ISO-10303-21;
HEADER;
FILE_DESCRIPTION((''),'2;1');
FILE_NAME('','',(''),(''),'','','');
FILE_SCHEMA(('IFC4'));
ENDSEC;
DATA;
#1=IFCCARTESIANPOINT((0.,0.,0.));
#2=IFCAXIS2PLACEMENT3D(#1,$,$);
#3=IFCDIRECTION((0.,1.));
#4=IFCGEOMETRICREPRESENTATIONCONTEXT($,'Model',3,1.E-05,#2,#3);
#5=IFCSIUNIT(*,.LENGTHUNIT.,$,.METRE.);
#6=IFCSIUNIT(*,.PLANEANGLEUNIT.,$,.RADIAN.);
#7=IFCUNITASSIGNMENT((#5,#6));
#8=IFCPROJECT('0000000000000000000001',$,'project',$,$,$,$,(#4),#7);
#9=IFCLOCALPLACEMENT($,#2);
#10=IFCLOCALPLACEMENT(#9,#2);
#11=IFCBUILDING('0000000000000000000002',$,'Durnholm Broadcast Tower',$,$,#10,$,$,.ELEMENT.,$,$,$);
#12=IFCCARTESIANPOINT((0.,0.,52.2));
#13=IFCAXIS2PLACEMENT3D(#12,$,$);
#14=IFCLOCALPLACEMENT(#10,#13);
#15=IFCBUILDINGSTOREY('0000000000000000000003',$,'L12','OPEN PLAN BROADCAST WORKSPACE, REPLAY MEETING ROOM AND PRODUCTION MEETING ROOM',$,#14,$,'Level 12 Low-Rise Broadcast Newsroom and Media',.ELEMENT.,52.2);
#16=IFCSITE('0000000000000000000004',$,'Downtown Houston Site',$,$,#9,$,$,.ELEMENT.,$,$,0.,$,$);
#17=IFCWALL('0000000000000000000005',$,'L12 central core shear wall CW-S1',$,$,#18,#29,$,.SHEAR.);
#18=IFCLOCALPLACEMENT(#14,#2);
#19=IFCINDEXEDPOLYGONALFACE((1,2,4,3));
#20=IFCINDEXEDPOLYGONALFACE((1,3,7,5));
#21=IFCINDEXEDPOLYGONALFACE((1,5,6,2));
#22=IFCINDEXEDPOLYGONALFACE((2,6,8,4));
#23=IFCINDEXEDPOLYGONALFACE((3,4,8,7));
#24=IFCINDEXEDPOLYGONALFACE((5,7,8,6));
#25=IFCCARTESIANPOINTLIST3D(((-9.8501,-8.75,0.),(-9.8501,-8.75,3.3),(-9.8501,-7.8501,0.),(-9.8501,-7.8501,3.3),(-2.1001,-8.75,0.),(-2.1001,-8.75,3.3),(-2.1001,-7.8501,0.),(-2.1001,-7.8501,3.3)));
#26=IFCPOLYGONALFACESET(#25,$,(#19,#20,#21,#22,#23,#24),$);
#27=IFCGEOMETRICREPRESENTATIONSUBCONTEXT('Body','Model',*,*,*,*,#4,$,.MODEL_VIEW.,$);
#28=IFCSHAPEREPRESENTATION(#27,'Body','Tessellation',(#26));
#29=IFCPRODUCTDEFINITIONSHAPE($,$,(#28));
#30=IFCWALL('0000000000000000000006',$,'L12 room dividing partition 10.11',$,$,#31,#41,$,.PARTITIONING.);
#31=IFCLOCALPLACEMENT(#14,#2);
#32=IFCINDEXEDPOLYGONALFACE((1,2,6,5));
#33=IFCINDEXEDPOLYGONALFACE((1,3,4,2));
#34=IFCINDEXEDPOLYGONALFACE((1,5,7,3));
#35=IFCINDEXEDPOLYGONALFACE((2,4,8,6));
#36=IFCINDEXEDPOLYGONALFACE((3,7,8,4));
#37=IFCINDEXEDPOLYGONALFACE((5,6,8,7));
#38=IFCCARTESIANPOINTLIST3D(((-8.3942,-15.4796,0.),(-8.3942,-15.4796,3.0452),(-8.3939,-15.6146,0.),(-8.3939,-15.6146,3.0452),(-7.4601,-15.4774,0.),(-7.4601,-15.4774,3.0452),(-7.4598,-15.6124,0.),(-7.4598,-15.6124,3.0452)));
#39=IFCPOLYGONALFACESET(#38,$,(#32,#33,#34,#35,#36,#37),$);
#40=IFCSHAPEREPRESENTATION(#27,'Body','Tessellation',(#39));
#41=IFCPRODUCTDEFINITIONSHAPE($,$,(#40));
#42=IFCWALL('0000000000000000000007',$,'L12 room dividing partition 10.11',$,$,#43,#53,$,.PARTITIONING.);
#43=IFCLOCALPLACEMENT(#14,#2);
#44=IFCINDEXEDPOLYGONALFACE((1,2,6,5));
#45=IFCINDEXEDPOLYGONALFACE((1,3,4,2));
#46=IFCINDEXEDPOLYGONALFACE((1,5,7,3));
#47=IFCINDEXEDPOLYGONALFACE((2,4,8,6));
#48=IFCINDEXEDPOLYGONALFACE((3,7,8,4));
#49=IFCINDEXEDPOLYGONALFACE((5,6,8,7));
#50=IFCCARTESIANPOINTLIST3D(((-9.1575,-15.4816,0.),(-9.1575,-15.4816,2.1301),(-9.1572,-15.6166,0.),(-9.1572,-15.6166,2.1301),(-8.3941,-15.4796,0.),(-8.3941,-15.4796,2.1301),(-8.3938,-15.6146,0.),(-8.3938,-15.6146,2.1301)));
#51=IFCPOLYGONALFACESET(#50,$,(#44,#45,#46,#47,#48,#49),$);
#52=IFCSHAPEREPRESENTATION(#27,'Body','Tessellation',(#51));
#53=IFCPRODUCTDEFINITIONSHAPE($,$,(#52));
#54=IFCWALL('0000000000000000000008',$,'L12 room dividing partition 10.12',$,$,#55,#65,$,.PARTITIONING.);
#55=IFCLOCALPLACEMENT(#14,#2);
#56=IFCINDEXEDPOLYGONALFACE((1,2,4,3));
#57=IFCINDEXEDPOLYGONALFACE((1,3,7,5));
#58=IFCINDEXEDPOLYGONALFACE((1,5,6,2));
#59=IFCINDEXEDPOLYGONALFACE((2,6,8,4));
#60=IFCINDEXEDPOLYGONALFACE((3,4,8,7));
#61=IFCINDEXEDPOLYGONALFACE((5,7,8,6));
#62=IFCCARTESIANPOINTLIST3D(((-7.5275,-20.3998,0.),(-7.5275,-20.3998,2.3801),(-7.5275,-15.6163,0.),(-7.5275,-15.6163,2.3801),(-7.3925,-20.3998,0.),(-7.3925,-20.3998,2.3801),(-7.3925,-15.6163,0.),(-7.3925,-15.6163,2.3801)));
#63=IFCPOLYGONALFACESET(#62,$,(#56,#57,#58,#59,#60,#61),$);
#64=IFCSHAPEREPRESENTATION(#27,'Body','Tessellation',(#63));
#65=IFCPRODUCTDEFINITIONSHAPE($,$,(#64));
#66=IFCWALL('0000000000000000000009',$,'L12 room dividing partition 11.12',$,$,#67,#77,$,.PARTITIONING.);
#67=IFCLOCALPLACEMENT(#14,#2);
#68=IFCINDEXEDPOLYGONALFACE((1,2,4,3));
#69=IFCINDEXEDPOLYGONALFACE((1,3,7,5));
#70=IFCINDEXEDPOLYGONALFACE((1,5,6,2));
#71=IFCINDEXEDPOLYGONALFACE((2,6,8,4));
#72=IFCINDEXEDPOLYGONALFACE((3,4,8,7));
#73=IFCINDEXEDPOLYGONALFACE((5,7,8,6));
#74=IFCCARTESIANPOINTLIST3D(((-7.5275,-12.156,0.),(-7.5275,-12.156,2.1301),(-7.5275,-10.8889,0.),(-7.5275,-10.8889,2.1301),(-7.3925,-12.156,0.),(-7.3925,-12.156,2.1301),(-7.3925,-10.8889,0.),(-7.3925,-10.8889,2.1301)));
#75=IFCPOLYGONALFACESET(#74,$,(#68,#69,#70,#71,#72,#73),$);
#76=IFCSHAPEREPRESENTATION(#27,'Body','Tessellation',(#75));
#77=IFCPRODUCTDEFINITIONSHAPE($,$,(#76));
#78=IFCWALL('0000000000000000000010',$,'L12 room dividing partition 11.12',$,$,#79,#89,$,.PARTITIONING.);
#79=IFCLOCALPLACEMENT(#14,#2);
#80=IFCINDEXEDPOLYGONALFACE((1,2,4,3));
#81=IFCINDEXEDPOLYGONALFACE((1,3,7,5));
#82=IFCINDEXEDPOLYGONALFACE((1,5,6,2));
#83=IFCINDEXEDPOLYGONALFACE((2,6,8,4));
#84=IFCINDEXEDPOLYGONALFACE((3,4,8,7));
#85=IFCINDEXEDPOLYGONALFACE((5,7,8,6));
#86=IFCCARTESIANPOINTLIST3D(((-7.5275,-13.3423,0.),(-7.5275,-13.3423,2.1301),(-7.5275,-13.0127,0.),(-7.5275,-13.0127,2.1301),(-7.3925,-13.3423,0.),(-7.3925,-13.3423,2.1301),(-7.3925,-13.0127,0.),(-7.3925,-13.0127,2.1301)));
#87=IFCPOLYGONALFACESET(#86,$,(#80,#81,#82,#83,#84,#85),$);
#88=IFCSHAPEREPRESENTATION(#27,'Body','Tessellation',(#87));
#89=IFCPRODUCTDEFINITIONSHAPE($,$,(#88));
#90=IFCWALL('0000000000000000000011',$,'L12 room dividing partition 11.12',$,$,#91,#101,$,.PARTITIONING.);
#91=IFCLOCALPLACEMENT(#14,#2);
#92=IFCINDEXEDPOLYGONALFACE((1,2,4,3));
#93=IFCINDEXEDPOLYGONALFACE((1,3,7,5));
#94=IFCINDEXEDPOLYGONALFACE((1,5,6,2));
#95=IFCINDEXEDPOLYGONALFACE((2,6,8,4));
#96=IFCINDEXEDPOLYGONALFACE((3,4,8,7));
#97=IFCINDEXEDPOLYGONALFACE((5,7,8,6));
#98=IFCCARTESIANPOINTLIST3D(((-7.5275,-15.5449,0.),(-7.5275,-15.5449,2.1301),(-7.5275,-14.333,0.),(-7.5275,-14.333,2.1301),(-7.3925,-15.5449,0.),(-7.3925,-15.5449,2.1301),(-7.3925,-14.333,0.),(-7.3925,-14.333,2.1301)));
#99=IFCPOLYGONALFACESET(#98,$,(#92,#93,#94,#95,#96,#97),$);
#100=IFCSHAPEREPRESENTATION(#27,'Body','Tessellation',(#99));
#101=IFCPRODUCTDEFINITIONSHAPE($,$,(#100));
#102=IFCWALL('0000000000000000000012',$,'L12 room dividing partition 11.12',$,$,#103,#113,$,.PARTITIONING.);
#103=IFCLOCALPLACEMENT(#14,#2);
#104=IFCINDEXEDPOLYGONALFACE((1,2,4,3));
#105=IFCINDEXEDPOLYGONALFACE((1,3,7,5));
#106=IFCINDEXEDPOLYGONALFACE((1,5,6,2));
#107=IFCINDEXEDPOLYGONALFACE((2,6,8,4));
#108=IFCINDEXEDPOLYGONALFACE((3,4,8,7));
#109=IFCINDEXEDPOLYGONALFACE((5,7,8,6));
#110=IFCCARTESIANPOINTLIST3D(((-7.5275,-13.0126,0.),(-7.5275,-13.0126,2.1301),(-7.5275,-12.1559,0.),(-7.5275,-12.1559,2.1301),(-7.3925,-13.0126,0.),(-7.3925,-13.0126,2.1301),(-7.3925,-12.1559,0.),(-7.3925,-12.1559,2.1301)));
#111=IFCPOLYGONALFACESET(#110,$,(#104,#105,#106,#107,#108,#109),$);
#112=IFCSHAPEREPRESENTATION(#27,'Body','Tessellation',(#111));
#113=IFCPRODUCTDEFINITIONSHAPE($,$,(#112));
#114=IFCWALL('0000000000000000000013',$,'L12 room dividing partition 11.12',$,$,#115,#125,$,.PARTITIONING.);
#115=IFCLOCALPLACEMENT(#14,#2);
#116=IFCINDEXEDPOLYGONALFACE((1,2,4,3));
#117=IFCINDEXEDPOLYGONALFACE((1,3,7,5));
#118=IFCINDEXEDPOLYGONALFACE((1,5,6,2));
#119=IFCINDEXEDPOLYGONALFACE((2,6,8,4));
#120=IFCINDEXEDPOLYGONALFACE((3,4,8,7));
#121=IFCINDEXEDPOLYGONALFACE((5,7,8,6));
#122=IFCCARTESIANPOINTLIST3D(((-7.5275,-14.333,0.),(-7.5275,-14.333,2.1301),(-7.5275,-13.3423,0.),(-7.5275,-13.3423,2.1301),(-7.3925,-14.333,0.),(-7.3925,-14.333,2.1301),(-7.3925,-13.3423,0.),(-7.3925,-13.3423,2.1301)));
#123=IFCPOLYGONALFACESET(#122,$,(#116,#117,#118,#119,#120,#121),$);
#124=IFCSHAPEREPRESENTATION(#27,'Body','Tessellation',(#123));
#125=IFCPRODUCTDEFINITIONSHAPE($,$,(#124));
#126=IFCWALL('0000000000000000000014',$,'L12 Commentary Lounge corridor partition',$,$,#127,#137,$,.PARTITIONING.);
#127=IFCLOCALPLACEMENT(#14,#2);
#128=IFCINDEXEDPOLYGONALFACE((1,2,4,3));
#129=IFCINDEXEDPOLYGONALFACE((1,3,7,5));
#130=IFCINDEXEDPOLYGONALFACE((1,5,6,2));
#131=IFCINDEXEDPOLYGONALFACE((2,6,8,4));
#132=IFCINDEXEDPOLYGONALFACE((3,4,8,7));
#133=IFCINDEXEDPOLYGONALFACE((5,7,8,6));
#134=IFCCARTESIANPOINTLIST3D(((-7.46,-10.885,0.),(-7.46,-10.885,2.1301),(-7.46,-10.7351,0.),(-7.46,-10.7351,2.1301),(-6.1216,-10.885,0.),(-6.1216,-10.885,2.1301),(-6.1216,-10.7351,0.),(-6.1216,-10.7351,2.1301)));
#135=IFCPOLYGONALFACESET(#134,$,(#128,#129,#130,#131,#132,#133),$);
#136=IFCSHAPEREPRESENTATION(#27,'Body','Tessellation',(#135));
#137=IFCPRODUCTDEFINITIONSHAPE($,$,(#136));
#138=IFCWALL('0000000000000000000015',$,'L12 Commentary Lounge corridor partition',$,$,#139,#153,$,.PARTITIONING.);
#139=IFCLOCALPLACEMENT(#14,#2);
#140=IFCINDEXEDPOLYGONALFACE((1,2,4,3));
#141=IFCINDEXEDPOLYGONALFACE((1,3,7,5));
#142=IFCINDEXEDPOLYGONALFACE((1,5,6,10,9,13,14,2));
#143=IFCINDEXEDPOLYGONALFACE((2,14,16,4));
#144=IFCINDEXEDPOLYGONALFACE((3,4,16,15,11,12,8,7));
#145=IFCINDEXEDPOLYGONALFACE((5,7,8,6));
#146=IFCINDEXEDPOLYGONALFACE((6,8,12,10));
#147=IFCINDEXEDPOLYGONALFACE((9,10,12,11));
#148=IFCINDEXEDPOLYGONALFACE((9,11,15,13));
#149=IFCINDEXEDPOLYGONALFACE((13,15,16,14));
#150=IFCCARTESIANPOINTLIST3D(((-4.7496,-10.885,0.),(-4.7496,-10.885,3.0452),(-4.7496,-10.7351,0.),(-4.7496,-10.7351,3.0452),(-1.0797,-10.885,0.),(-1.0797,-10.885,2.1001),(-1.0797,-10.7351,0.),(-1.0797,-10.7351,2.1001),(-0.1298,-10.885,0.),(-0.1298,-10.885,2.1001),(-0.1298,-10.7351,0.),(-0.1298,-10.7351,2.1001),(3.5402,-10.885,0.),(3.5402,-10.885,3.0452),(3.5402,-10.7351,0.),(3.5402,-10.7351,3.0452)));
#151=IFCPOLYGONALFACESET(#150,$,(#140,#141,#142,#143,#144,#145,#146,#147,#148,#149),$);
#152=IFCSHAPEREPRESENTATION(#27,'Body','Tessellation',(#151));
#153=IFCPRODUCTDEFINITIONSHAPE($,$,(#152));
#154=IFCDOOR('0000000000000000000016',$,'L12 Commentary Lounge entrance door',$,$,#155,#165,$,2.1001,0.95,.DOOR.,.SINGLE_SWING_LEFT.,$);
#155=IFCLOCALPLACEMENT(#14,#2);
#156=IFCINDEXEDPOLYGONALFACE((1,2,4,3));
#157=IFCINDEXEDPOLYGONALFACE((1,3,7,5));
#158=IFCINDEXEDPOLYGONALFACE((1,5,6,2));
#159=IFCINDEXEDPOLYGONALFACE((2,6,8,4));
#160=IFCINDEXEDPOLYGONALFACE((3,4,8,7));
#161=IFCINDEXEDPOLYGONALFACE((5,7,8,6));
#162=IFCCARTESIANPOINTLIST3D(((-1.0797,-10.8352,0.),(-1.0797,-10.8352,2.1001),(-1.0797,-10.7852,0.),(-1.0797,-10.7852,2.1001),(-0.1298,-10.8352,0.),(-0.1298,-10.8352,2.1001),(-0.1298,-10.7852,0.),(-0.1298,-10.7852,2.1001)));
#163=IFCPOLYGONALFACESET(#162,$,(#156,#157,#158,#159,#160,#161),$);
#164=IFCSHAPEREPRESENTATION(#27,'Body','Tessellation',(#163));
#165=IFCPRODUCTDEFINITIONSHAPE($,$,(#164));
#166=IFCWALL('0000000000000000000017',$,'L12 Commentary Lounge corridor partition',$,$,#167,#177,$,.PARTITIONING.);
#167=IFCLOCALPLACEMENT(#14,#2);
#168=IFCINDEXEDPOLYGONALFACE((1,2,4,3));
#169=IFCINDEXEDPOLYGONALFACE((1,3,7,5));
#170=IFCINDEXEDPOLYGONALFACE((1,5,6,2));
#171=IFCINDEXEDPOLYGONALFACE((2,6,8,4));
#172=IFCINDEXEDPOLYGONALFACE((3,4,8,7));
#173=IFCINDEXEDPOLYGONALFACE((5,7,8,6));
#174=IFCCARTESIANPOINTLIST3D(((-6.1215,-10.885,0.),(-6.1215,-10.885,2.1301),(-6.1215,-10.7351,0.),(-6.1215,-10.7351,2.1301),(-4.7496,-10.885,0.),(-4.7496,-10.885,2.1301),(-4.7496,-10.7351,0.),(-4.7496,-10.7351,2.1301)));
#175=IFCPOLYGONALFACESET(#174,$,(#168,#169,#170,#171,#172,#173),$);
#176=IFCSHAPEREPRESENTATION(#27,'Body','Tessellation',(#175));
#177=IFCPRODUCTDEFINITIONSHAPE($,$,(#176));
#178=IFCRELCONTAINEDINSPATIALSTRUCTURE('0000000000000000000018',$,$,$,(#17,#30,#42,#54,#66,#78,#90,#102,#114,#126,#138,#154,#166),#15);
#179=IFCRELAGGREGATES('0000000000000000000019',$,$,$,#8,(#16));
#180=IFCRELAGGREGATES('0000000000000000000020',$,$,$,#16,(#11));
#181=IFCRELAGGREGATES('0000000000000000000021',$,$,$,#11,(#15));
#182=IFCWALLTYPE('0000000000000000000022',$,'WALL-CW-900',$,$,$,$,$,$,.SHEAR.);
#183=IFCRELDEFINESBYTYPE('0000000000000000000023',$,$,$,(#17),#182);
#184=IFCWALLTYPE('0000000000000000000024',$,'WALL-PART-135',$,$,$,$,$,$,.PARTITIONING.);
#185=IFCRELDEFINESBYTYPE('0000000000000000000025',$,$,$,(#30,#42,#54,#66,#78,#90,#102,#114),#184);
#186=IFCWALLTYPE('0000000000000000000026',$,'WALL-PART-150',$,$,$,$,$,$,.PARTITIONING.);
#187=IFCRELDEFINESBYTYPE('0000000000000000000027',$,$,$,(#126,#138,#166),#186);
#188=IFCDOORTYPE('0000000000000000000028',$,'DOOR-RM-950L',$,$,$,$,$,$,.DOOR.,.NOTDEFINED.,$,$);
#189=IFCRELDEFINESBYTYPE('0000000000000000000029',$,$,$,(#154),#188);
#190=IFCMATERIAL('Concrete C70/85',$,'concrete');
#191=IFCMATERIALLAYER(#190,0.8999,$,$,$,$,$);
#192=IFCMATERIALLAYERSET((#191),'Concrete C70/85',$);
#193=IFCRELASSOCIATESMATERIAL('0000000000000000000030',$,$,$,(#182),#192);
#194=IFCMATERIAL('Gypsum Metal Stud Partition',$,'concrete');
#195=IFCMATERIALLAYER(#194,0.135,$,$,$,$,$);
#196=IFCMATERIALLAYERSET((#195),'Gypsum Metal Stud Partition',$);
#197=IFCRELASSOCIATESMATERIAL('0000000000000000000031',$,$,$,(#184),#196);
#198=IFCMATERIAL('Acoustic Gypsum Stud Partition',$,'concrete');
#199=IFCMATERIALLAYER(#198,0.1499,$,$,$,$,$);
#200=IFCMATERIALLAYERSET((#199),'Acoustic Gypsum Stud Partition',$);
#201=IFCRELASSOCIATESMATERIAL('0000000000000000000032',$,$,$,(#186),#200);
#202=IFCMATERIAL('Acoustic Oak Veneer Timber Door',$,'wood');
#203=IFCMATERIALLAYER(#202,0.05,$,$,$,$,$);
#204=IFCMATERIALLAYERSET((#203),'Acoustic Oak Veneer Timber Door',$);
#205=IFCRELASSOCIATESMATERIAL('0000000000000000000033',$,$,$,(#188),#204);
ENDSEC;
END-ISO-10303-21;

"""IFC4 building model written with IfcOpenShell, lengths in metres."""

from ifc_helpers import new_model, si_unit, direction, frame, frame_2d, origin, place, context, subcontext, project, spatial, rectangle, extrude, source, transform, mapped, material, layer, layer_set, type_object, type_shapes, element, fill, save


model = new_model("IFC4")

# Units and contexts
model_context = context("Model", 3, precision=1e-05, world=origin(), true_north=direction((0.0, 1.0)))
body_context = subcontext(model_context, "Body", "Model", "MODEL_VIEW")
ifc_project = project(units=[si_unit("LENGTHUNIT", "METRE"), si_unit("PLANEANGLEUNIT", "RADIAN")], contexts=[model_context])

# Site, building, storey
site_placement = place(None, origin())
site = spatial("IfcSite", under=ifc_project, at=site_placement, Name="Downtown Houston Site", CompositionType="ELEMENT", RefElevation=0.0)
building_placement = place(site_placement, origin())
building = spatial("IfcBuilding", under=site, at=building_placement, Name="Durnholm Broadcast Tower", CompositionType="ELEMENT")
storey_placement = place(building_placement, frame((0.0, 0.0, 52.2)))
storey = spatial("IfcBuildingStorey", under=building, at=storey_placement, Name="L12", Description="OPEN PLAN BROADCAST WORKSPACE, REPLAY MEETING ROOM AND PRODUCTION MEETING ROOM", LongName="Level 12 Low-Rise Broadcast Newsroom and Media", CompositionType="ELEMENT", Elevation=52.2)

# Walls
ifc_material_1 = material(Name="Concrete C70/85", Category="concrete")
ifc_layer_1 = layer(ifc_material_1, 0.8999)
ifc_layer_set_1 = layer_set([ifc_layer_1], Name="Concrete C70/85")
wall_type_1 = type_object("IfcWallType", Name="WALL-CW-900", PredefinedType="SHEAR", material=ifc_layer_set_1)
wall_1_placement = place(storey_placement, frame((-9.8501, -8.3, 0.0), z_axis=(0.0, 0.0, 1.0), x_axis=(1.0, 0.0, 0.0)))
element("IfcWall", 1, at=wall_1_placement, inside=storey, type_object=wall_type_1, Name="L12 central core shear wall CW-S1", PredefinedType="SHEAR", context=body_context, shape_type="SweptSolid", body=[
    extrude(rectangle(XDim=7.75, YDim=0.8999, at=frame_2d((3.875, 0.0))), origin(), (0.0, 0.0, 1.0), 3.3),
])
ifc_material_2 = material(Name="Gypsum Metal Stud Partition", Category="concrete")
ifc_layer_2 = layer(ifc_material_2, 0.135)
ifc_layer_set_2 = layer_set([ifc_layer_2], Name="Gypsum Metal Stud Partition")
wall_type_2 = type_object("IfcWallType", Name="WALL-PART-135", PredefinedType="PARTITIONING", material=ifc_layer_set_2)
wall_2_placement = place(storey_placement, frame((-8.394, -15.5471, 0.0), z_axis=(0.0, 0.0, 1.0), x_axis=(0.999997, 0.002352, 0.0)))
element("IfcWall", 2, at=wall_2_placement, inside=storey, type_object=wall_type_2, Name="L12 room dividing partition 10.11", PredefinedType="PARTITIONING", context=body_context, shape_type="SweptSolid", body=[
    extrude(rectangle(XDim=0.9341, YDim=0.135, at=frame_2d((0.467, 0.0))), origin(), (0.0, 0.0, 1.0), 3.0452),
])
wall_3_placement = place(storey_placement, frame((-9.1575, -15.5491, 0.0), z_axis=(0.0, 0.0, 1.0), x_axis=(0.999997, 0.002558, 0.0)))
element("IfcWall", 3, at=wall_3_placement, inside=storey, type_object=wall_type_2, Name="L12 room dividing partition 10.11", PredefinedType="PARTITIONING", context=body_context, shape_type="SweptSolid", body=[
    extrude(rectangle(XDim=0.7634, YDim=0.135, at=frame_2d((0.3818, 0.0))), origin(), (0.0, 0.0, 1.0), 2.1301),
])
wall_4_placement = place(storey_placement, frame((-7.46, -15.6165, 0.0), z_axis=(0.0, 0.0, 1.0), x_axis=(0.0, -1.0, 0.0)))
element("IfcWall", 4, at=wall_4_placement, inside=storey, type_object=wall_type_2, Name="L12 room dividing partition 10.12", PredefinedType="PARTITIONING", context=body_context, shape_type="SweptSolid", body=[
    extrude(rectangle(XDim=4.7834, YDim=0.135, at=frame_2d((2.3916, 0.0))), origin(), (0.0, 0.0, 1.0), 2.3801),
])
wall_5_placement = place(storey_placement, frame((-7.46, -10.8889, 0.0), z_axis=(0.0, 0.0, 1.0), x_axis=(0.0, -1.0, 0.0)))
element("IfcWall", 5, at=wall_5_placement, inside=storey, type_object=wall_type_2, Name="L12 room dividing partition 11.12", PredefinedType="PARTITIONING", context=body_context, shape_type="SweptSolid", body=[
    extrude(rectangle(XDim=1.2671, YDim=0.135, at=frame_2d((0.6335, 0.0))), origin(), (0.0, 0.0, 1.0), 2.1301),
])
wall_6_placement = place(storey_placement, frame((-7.46, -13.0127, 0.0), z_axis=(0.0, 0.0, 1.0), x_axis=(0.0, -1.0, 0.0)))
element("IfcWall", 6, at=wall_6_placement, inside=storey, type_object=wall_type_2, Name="L12 room dividing partition 11.12", PredefinedType="PARTITIONING", context=body_context, shape_type="SweptSolid", body=[
    extrude(rectangle(XDim=0.3296, YDim=0.135, at=frame_2d((0.1648, 0.0))), origin(), (0.0, 0.0, 1.0), 2.1301),
])
wall_7_placement = place(storey_placement, frame((-7.46, -14.333, 0.0), z_axis=(0.0, 0.0, 1.0), x_axis=(0.0, -1.0, 0.0)))
element("IfcWall", 7, at=wall_7_placement, inside=storey, type_object=wall_type_2, Name="L12 room dividing partition 11.12", PredefinedType="PARTITIONING", context=body_context, shape_type="SweptSolid", body=[
    extrude(rectangle(XDim=1.2119, YDim=0.135, at=frame_2d((0.606, 0.0))), origin(), (0.0, 0.0, 1.0), 2.1301),
])
wall_8_placement = place(storey_placement, frame((-7.46, -12.156, 0.0), z_axis=(0.0, 0.0, 1.0), x_axis=(0.0, -1.0, 0.0)))
element("IfcWall", 8, at=wall_8_placement, inside=storey, type_object=wall_type_2, Name="L12 room dividing partition 11.12", PredefinedType="PARTITIONING", context=body_context, shape_type="SweptSolid", body=[
    extrude(rectangle(XDim=0.8567, YDim=0.135, at=frame_2d((0.4282, 0.0))), origin(), (0.0, 0.0, 1.0), 2.1301),
])
wall_9_placement = place(storey_placement, frame((-7.46, -13.3423, 0.0), z_axis=(0.0, 0.0, 1.0), x_axis=(0.0, -1.0, 0.0)))
element("IfcWall", 9, at=wall_9_placement, inside=storey, type_object=wall_type_2, Name="L12 room dividing partition 11.12", PredefinedType="PARTITIONING", context=body_context, shape_type="SweptSolid", body=[
    extrude(rectangle(XDim=0.9907, YDim=0.135, at=frame_2d((0.4954, 0.0))), origin(), (0.0, 0.0, 1.0), 2.1301),
])
ifc_material_3 = material(Name="Acoustic Gypsum Stud Partition", Category="concrete")
ifc_layer_3 = layer(ifc_material_3, 0.1499)
ifc_layer_set_3 = layer_set([ifc_layer_3], Name="Acoustic Gypsum Stud Partition")
wall_type_3 = type_object("IfcWallType", Name="WALL-PART-150", PredefinedType="PARTITIONING", material=ifc_layer_set_3)
wall_10_placement = place(storey_placement, frame((-7.46, -10.8101, 0.0), z_axis=(0.0, 0.0, 1.0), x_axis=(1.0, 0.0, 0.0)))
element("IfcWall", 10, at=wall_10_placement, inside=storey, type_object=wall_type_3, Name="L12 Commentary Lounge corridor partition", PredefinedType="PARTITIONING", context=body_context, shape_type="SweptSolid", body=[
    extrude(rectangle(XDim=1.3384, YDim=0.1499, at=frame_2d((0.6692, 0.0))), origin(), (0.0, 0.0, 1.0), 2.1301),
])

# Wall, opening, door
wall_11_placement = place(storey_placement, frame((-4.7498, -10.8101, 0.0), z_axis=(0.0, 0.0, 1.0), x_axis=(1.0, 0.0, 0.0)))
wall_11 = element("IfcWall", 11, at=wall_11_placement, inside=storey, type_object=wall_type_3, Name="L12 Commentary Lounge corridor partition", PredefinedType="PARTITIONING", context=body_context, shape_type="SweptSolid", body=[
    extrude(rectangle(XDim=8.2898, YDim=0.1499, at=frame_2d((4.145, 0.0))), origin(), (0.0, 0.0, 1.0), 3.0452),
])
opening_placement = place(wall_11_placement, frame((3.6699, 0.0, 0.0)))
opening = element("IfcOpeningElement", 12, at=opening_placement, cuts=wall_11, PredefinedType="OPENING", context=body_context, shape_type="SweptSolid", body=[
    extrude(rectangle(XDim=0.95, YDim=2.1001, at=frame_2d((0.4751, 1.05))), frame((0.0, 0.085, 0.0), z_axis=(0.0, -1.0, 0.0), x_axis=(1.0, 0.0, 0.0)), (0.0, 0.0, 1.0), 0.1699),
])
ifc_material_4 = material(Name="Acoustic Oak Veneer Timber Door", Category="wood")
ifc_layer_4 = layer(ifc_material_4, 0.05)
ifc_layer_set_4 = layer_set([ifc_layer_4], Name="Acoustic Oak Veneer Timber Door")
door_type = type_object("IfcDoorType", Name="DOOR-RM-950L", OperationType="NOTDEFINED", PredefinedType="DOOR", material=ifc_layer_set_4)
shared_shape_1 = source(origin(), body_context, "Body", "SweptSolid", [
    extrude(rectangle(XDim=0.95, YDim=2.1001, at=frame_2d((0.4751, 1.05))), frame((0.0, 0.0249, 0.0), z_axis=(0.0, -1.0, 0.0), x_axis=(1.0, 0.0, 0.0)), (0.0, 0.0, 1.0), 0.05),
])
type_shapes(door_type, [shared_shape_1])
door_placement = place(opening_placement, origin())
door = element("IfcDoor", 13, at=door_placement, inside=storey, type_object=door_type, Name="L12 Commentary Lounge entrance door", OperationType="SINGLE_SWING_LEFT", OverallHeight=2.1001, OverallWidth=0.95, PredefinedType="DOOR", context=body_context, shape_type="MappedRepresentation", body=[
    mapped(shared_shape_1, transform((0.0, 0.0, 0.0), x_axis=(1.0, 0.0, 0.0), y_axis=(0.0, 1.0, 0.0), z_axis=(0.0, 0.0, 1.0), scale=1.0)),
])
fill(opening, door)

# Wall
wall_12_placement = place(storey_placement, frame((-6.1216, -10.8101, 0.0), z_axis=(0.0, 0.0, 1.0), x_axis=(1.0, 0.0, 0.0)))
element("IfcWall", 14, at=wall_12_placement, inside=storey, type_object=wall_type_3, Name="L12 Commentary Lounge corridor partition", PredefinedType="PARTITIONING", context=body_context, shape_type="SweptSolid", body=[
    extrude(rectangle(XDim=1.3718, YDim=0.1499, at=frame_2d((0.686, 0.0))), origin(), (0.0, 0.0, 1.0), 2.1301),
])

save(model, "model.ifc")
